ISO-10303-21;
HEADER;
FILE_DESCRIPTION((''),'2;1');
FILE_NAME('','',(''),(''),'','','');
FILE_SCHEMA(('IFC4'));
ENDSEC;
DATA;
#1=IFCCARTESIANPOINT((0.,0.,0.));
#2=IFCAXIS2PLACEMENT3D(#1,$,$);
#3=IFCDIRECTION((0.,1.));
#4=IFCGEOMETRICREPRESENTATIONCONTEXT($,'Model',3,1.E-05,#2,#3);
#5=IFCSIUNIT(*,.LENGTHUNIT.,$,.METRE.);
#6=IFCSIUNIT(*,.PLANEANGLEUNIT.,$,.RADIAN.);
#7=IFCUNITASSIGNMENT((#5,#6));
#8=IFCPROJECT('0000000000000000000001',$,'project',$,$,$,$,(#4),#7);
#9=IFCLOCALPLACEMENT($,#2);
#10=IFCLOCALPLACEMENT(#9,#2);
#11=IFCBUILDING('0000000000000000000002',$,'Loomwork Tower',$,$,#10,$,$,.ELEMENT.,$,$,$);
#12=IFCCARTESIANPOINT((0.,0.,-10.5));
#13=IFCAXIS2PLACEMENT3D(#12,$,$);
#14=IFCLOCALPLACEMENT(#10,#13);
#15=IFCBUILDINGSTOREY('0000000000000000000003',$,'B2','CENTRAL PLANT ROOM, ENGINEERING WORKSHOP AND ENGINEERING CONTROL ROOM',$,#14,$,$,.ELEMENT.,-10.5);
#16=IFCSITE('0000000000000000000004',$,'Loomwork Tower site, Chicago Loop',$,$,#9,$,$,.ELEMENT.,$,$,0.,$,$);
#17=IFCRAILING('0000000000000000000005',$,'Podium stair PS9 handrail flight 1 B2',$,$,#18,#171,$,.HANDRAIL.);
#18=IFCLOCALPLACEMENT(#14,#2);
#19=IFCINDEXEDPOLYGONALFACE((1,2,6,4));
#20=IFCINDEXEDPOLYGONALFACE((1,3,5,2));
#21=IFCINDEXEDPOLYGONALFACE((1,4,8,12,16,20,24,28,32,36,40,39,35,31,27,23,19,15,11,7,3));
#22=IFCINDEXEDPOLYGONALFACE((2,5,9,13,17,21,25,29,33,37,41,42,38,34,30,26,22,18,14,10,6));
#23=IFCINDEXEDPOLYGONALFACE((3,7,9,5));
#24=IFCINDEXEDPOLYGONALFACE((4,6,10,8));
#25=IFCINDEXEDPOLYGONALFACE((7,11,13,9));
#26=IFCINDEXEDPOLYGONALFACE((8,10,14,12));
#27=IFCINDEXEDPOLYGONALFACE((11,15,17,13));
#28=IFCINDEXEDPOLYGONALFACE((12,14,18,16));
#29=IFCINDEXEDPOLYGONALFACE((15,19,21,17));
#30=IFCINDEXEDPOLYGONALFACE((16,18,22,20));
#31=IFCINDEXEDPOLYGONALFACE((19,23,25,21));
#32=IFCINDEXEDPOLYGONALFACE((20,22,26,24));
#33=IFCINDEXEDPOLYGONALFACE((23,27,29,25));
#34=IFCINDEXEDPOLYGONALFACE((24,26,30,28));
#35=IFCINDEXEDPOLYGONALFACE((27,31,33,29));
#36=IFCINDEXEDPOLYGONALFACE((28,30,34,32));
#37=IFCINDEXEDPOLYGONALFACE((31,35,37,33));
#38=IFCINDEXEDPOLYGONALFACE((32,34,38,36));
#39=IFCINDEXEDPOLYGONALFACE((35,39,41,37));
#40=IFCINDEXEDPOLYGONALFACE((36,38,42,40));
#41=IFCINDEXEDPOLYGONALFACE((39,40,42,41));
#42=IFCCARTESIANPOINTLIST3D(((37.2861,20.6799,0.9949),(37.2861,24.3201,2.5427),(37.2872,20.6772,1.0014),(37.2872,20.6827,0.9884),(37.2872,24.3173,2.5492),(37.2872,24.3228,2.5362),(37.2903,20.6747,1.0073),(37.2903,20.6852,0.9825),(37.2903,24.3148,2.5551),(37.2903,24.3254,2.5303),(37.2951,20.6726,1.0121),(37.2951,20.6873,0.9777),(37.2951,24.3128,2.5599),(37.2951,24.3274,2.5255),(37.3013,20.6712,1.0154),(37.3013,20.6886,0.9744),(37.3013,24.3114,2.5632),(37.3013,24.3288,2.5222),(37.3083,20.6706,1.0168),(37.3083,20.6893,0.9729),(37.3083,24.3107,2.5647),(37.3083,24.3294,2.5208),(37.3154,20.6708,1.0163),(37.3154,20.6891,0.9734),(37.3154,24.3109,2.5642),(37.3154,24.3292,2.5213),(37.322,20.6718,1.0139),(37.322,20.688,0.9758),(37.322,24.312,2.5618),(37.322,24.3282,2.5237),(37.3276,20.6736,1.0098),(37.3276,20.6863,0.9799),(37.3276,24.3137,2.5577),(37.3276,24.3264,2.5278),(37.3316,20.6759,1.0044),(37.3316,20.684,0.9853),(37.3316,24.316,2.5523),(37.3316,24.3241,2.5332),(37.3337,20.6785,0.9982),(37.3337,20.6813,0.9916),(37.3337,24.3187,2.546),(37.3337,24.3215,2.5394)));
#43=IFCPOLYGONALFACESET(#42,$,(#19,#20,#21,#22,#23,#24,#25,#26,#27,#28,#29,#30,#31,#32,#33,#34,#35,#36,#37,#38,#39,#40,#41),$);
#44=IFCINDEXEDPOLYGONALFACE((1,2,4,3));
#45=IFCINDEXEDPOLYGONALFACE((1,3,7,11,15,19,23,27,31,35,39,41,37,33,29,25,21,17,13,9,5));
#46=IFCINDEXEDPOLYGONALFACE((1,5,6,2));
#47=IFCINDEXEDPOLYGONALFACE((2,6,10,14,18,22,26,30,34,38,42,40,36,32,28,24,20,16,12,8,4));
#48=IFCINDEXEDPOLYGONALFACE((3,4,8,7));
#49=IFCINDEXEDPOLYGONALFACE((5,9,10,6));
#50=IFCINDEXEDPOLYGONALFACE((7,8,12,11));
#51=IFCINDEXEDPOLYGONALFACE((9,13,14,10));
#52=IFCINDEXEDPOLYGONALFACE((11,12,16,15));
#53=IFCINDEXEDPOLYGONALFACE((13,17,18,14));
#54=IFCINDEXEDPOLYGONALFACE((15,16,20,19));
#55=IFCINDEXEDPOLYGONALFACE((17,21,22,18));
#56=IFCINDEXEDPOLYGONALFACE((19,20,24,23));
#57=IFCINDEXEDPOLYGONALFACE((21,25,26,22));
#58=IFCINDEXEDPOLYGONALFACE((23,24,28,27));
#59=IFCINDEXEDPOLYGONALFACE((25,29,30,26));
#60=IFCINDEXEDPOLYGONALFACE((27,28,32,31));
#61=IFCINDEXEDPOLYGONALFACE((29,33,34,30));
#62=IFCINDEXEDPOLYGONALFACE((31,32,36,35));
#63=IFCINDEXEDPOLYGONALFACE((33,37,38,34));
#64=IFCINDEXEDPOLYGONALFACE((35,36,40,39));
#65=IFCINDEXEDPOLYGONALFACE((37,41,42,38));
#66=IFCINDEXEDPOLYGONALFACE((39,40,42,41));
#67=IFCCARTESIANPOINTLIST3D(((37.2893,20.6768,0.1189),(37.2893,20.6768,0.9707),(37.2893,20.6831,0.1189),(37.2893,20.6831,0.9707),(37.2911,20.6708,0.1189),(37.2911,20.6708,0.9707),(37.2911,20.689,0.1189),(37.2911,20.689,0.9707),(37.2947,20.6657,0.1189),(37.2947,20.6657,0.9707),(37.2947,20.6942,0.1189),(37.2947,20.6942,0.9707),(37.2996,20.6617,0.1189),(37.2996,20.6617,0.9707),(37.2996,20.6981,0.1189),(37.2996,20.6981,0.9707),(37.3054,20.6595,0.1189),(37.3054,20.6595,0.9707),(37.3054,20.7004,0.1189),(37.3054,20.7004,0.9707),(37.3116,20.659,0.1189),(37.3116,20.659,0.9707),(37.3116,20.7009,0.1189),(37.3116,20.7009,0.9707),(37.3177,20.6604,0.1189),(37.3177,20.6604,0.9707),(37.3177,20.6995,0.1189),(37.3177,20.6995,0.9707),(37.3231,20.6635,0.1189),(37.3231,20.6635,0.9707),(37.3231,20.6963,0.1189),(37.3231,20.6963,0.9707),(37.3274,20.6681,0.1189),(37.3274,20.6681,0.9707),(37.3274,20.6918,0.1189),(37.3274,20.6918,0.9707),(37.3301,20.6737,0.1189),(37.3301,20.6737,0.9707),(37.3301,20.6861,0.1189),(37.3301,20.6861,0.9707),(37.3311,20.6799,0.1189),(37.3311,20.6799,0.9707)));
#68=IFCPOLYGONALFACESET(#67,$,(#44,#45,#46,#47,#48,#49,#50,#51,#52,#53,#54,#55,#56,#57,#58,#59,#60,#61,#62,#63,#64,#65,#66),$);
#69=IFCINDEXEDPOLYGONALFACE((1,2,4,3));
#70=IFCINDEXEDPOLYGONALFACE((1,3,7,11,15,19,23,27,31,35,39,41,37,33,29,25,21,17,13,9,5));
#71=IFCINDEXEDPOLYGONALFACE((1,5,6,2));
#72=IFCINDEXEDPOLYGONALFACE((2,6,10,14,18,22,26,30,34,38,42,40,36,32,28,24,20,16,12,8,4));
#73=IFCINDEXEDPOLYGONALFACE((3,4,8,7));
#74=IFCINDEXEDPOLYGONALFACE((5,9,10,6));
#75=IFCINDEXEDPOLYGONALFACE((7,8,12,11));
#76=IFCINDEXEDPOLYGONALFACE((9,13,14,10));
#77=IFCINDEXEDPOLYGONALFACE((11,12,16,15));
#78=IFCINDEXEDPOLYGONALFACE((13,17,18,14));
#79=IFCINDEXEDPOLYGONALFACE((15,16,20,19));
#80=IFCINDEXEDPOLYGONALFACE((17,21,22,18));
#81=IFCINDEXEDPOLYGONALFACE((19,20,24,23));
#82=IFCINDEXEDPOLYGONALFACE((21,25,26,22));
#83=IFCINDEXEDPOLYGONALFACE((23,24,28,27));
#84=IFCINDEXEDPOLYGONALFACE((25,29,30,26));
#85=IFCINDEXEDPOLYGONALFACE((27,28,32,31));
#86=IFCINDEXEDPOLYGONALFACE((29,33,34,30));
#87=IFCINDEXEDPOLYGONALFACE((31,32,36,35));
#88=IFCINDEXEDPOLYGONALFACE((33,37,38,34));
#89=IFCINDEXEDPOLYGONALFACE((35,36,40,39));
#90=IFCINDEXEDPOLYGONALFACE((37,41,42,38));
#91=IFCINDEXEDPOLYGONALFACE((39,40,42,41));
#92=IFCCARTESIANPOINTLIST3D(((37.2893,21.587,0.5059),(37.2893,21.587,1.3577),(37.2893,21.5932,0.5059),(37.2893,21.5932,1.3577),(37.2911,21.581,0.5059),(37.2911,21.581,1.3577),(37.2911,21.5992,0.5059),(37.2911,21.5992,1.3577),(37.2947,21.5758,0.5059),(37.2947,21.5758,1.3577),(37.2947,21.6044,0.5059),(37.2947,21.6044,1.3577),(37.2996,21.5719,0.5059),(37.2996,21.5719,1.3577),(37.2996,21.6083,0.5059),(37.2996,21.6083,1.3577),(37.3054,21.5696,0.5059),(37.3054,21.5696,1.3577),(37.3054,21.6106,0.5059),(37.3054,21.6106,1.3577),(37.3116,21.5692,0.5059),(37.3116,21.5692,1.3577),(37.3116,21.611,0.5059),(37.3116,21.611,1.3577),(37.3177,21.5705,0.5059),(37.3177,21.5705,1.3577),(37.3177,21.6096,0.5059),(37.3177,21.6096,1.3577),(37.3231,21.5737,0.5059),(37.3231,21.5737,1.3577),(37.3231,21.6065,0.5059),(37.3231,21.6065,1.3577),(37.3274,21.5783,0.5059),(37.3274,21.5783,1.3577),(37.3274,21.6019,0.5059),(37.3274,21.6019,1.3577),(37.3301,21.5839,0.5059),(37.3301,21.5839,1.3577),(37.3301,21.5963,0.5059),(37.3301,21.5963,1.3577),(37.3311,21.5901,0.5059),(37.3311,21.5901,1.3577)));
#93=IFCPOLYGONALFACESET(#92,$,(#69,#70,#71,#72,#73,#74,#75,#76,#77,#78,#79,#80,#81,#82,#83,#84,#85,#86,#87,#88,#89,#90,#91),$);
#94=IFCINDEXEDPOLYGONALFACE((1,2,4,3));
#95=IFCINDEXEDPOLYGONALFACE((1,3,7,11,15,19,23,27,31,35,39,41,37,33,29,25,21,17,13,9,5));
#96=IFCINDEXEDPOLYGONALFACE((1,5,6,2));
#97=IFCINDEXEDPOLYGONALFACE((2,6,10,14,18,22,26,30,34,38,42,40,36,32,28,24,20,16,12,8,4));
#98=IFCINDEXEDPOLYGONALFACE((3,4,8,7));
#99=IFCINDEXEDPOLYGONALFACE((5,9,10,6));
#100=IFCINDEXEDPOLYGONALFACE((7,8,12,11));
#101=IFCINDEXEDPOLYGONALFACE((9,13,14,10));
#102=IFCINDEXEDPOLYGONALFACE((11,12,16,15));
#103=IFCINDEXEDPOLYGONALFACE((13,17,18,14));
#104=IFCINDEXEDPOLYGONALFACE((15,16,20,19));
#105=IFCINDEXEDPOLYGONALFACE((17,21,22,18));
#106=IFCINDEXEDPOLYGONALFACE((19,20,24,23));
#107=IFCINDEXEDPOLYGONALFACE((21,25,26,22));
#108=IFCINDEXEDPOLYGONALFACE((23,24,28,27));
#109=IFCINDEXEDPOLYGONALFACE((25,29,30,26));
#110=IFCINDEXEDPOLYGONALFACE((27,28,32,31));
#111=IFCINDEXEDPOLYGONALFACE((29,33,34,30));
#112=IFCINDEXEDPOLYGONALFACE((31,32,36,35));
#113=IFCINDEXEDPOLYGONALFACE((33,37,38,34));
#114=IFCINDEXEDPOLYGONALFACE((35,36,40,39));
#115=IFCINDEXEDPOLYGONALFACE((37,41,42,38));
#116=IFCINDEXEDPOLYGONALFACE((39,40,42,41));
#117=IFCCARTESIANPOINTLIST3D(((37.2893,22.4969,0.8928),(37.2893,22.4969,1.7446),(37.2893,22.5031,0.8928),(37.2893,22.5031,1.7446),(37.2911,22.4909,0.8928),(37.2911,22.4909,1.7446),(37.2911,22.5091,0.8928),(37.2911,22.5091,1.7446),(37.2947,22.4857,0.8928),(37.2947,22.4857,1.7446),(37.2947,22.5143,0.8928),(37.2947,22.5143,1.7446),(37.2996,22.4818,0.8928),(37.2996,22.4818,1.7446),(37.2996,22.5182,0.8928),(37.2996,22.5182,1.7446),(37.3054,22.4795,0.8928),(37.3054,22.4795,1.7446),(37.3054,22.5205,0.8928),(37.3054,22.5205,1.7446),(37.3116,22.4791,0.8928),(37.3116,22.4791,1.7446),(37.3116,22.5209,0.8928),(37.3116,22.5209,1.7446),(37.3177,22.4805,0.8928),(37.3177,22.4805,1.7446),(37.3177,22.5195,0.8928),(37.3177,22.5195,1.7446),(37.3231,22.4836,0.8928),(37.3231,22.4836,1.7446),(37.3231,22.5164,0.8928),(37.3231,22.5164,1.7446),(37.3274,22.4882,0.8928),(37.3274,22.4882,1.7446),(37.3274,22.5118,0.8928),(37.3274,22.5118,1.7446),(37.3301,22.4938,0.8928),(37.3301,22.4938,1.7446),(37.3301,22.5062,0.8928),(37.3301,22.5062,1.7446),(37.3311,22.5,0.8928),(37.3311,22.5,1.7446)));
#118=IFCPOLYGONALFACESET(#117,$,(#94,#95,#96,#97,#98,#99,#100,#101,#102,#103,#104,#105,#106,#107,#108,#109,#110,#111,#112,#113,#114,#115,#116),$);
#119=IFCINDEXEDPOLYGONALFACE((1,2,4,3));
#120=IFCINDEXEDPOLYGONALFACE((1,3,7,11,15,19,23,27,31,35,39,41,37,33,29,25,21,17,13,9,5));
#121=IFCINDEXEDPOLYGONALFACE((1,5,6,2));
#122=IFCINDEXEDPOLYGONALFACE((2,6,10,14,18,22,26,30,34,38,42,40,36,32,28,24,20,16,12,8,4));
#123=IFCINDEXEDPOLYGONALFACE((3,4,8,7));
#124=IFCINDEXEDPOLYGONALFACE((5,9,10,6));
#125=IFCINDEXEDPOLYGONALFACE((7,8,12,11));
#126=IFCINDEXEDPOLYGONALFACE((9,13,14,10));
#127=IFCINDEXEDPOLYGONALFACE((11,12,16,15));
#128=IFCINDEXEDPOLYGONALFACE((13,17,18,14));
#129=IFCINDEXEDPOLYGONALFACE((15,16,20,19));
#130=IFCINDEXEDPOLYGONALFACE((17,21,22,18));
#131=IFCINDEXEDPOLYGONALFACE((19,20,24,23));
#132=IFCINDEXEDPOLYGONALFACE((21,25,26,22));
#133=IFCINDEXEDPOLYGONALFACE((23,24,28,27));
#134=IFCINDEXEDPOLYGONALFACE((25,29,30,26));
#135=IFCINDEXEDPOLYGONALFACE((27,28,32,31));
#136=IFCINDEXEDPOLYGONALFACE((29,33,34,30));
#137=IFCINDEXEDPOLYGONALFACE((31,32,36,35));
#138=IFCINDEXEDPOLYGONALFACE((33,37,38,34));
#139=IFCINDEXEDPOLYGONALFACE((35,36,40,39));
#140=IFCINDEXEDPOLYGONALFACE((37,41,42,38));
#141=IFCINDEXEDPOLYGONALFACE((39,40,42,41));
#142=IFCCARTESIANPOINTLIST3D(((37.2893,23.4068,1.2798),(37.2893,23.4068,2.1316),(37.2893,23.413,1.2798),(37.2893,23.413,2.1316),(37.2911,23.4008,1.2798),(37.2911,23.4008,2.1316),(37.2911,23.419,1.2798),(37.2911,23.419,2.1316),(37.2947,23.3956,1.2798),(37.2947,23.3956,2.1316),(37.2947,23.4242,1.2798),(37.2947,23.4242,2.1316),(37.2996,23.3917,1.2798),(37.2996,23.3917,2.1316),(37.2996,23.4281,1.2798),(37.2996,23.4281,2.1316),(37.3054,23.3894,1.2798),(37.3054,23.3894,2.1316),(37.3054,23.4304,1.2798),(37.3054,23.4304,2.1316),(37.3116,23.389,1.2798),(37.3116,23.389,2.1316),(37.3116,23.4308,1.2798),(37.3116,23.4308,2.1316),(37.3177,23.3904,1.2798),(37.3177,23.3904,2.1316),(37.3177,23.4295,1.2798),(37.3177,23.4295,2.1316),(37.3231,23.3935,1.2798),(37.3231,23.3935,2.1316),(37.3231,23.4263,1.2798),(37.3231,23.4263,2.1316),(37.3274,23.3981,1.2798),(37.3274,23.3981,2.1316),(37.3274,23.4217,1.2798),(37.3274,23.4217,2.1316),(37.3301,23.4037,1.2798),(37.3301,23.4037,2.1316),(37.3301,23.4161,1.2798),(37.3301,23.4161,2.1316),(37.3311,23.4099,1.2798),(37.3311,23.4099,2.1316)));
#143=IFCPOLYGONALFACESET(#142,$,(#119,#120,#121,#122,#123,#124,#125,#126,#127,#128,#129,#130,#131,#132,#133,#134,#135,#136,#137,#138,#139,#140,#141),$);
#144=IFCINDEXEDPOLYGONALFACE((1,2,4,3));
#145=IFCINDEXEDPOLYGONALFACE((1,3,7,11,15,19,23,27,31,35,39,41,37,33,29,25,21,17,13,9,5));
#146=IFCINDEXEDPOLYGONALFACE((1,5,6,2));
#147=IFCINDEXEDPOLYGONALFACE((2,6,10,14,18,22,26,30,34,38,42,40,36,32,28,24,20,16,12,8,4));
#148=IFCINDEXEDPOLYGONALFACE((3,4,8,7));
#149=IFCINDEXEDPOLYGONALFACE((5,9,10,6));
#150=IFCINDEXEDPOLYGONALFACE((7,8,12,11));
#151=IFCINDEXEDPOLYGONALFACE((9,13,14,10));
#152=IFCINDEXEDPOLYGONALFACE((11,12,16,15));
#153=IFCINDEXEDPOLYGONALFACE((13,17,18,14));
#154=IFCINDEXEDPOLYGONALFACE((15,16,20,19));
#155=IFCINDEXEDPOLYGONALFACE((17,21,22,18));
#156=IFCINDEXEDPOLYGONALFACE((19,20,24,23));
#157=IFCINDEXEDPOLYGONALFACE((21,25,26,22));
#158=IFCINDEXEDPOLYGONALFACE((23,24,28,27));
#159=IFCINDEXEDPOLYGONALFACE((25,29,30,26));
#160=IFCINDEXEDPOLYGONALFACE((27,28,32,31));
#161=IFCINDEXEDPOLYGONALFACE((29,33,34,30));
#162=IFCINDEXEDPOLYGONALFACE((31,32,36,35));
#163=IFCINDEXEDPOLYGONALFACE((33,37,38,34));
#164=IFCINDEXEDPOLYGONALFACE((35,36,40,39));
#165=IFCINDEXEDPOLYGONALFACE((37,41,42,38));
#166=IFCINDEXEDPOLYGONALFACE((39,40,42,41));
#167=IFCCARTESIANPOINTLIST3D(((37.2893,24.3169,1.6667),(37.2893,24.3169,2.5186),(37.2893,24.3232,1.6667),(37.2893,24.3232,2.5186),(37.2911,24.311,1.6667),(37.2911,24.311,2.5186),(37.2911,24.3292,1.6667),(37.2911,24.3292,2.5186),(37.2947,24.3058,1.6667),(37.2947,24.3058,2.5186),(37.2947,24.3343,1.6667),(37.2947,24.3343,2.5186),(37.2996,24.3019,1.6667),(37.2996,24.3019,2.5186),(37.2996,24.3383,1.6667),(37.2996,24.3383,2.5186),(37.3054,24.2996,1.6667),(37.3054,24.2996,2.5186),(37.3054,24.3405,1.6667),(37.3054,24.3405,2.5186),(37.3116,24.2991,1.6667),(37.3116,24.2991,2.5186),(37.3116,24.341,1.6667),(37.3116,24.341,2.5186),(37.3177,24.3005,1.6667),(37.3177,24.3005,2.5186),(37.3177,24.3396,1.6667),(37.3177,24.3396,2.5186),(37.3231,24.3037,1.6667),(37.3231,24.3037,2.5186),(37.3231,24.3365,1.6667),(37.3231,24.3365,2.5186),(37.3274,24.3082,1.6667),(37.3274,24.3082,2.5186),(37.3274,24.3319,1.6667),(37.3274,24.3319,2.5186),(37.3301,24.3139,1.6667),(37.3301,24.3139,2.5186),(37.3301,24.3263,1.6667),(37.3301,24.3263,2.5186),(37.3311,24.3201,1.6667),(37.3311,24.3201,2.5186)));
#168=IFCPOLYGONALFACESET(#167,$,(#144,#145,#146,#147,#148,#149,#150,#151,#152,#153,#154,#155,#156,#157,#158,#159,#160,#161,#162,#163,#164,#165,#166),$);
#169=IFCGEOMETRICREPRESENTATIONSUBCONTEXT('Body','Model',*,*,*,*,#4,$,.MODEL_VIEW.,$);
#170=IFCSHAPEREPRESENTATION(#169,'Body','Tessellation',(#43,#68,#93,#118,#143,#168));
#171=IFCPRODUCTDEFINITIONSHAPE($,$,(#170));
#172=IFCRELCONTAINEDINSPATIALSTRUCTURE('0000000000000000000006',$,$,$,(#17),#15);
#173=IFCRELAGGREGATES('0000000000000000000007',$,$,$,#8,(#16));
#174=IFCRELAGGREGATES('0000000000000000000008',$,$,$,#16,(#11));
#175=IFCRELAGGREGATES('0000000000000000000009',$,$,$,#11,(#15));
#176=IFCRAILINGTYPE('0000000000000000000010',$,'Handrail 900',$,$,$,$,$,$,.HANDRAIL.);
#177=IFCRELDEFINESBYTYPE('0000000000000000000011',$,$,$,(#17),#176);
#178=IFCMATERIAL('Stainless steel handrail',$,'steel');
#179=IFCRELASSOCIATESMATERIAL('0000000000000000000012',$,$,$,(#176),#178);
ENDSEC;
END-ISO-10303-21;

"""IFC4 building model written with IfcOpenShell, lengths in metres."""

from ifc_helpers import new_model, si_unit, direction, frame, origin, origin_2d, place, context, subcontext, project, spatial, circle, extrude, material, type_object, element, save


model = new_model("IFC4")

# Units and contexts
model_context = context("Model", 3, precision=1e-05, world=origin(), true_north=direction((0.0, 1.0)))
body_context = subcontext(model_context, "Body", "Model", "MODEL_VIEW")
ifc_project = project(units=[si_unit("LENGTHUNIT", "METRE"), si_unit("PLANEANGLEUNIT", "RADIAN")], contexts=[model_context])

# Site, building, storey
site_placement = place(None, origin())
site = spatial("IfcSite", under=ifc_project, at=site_placement, Name="Loomwork Tower site, Chicago Loop", CompositionType="ELEMENT", RefElevation=0.0)
building_placement = place(site_placement, origin())
building = spatial("IfcBuilding", under=site, at=building_placement, Name="Loomwork Tower", CompositionType="ELEMENT")
storey_placement = place(building_placement, frame((0.0, 0.0, -10.5)))
storey = spatial("IfcBuildingStorey", under=building, at=storey_placement, Name="B2", Description="CENTRAL PLANT ROOM, ENGINEERING WORKSHOP AND ENGINEERING CONTROL ROOM", CompositionType="ELEMENT", Elevation=-10.5)

# Railing
ifc_material_1 = material(Name="Stainless steel handrail", Category="steel")
railing_type = type_object("IfcRailingType", Name="Handrail 900", PredefinedType="HANDRAIL", material=ifc_material_1)
railing_1_placement = place(storey_placement, frame((37.3101, 20.6799, 0.1189)))
element("IfcRailing", 1, at=railing_1_placement, inside=storey, type_object=railing_type, Name="Podium stair PS9 handrail flight 1 B2", PredefinedType="HANDRAIL", context=body_context, shape_type="SweptSolid", body=[
    extrude(circle(Radius=0.0239, at=origin_2d()), frame((0.0, 0.0, 0.876), z_axis=(0.0, 0.920259, 0.391311), x_axis=(-1.0, 0.0, 0.0)), (0.0, 0.0, 1.0), 3.9556),
    extrude(circle(Radius=0.021, at=origin_2d()), origin(), (0.0, 0.0, 1.0), 0.8518),
    extrude(circle(Radius=0.021, at=origin_2d()), frame((0.0, 0.9102, 0.387)), (0.0, 0.0, 1.0), 0.8518),
    extrude(circle(Radius=0.021, at=origin_2d()), frame((0.0, 1.8201, 0.7739)), (0.0, 0.0, 1.0), 0.8518),
    extrude(circle(Radius=0.021, at=origin_2d()), frame((0.0, 2.73, 1.1609)), (0.0, 0.0, 1.0), 0.8518),
    extrude(circle(Radius=0.021, at=origin_2d()), frame((0.0, 3.6401, 1.5479)), (0.0, 0.0, 1.0), 0.8518),
])

save(model, "model.ifc")
